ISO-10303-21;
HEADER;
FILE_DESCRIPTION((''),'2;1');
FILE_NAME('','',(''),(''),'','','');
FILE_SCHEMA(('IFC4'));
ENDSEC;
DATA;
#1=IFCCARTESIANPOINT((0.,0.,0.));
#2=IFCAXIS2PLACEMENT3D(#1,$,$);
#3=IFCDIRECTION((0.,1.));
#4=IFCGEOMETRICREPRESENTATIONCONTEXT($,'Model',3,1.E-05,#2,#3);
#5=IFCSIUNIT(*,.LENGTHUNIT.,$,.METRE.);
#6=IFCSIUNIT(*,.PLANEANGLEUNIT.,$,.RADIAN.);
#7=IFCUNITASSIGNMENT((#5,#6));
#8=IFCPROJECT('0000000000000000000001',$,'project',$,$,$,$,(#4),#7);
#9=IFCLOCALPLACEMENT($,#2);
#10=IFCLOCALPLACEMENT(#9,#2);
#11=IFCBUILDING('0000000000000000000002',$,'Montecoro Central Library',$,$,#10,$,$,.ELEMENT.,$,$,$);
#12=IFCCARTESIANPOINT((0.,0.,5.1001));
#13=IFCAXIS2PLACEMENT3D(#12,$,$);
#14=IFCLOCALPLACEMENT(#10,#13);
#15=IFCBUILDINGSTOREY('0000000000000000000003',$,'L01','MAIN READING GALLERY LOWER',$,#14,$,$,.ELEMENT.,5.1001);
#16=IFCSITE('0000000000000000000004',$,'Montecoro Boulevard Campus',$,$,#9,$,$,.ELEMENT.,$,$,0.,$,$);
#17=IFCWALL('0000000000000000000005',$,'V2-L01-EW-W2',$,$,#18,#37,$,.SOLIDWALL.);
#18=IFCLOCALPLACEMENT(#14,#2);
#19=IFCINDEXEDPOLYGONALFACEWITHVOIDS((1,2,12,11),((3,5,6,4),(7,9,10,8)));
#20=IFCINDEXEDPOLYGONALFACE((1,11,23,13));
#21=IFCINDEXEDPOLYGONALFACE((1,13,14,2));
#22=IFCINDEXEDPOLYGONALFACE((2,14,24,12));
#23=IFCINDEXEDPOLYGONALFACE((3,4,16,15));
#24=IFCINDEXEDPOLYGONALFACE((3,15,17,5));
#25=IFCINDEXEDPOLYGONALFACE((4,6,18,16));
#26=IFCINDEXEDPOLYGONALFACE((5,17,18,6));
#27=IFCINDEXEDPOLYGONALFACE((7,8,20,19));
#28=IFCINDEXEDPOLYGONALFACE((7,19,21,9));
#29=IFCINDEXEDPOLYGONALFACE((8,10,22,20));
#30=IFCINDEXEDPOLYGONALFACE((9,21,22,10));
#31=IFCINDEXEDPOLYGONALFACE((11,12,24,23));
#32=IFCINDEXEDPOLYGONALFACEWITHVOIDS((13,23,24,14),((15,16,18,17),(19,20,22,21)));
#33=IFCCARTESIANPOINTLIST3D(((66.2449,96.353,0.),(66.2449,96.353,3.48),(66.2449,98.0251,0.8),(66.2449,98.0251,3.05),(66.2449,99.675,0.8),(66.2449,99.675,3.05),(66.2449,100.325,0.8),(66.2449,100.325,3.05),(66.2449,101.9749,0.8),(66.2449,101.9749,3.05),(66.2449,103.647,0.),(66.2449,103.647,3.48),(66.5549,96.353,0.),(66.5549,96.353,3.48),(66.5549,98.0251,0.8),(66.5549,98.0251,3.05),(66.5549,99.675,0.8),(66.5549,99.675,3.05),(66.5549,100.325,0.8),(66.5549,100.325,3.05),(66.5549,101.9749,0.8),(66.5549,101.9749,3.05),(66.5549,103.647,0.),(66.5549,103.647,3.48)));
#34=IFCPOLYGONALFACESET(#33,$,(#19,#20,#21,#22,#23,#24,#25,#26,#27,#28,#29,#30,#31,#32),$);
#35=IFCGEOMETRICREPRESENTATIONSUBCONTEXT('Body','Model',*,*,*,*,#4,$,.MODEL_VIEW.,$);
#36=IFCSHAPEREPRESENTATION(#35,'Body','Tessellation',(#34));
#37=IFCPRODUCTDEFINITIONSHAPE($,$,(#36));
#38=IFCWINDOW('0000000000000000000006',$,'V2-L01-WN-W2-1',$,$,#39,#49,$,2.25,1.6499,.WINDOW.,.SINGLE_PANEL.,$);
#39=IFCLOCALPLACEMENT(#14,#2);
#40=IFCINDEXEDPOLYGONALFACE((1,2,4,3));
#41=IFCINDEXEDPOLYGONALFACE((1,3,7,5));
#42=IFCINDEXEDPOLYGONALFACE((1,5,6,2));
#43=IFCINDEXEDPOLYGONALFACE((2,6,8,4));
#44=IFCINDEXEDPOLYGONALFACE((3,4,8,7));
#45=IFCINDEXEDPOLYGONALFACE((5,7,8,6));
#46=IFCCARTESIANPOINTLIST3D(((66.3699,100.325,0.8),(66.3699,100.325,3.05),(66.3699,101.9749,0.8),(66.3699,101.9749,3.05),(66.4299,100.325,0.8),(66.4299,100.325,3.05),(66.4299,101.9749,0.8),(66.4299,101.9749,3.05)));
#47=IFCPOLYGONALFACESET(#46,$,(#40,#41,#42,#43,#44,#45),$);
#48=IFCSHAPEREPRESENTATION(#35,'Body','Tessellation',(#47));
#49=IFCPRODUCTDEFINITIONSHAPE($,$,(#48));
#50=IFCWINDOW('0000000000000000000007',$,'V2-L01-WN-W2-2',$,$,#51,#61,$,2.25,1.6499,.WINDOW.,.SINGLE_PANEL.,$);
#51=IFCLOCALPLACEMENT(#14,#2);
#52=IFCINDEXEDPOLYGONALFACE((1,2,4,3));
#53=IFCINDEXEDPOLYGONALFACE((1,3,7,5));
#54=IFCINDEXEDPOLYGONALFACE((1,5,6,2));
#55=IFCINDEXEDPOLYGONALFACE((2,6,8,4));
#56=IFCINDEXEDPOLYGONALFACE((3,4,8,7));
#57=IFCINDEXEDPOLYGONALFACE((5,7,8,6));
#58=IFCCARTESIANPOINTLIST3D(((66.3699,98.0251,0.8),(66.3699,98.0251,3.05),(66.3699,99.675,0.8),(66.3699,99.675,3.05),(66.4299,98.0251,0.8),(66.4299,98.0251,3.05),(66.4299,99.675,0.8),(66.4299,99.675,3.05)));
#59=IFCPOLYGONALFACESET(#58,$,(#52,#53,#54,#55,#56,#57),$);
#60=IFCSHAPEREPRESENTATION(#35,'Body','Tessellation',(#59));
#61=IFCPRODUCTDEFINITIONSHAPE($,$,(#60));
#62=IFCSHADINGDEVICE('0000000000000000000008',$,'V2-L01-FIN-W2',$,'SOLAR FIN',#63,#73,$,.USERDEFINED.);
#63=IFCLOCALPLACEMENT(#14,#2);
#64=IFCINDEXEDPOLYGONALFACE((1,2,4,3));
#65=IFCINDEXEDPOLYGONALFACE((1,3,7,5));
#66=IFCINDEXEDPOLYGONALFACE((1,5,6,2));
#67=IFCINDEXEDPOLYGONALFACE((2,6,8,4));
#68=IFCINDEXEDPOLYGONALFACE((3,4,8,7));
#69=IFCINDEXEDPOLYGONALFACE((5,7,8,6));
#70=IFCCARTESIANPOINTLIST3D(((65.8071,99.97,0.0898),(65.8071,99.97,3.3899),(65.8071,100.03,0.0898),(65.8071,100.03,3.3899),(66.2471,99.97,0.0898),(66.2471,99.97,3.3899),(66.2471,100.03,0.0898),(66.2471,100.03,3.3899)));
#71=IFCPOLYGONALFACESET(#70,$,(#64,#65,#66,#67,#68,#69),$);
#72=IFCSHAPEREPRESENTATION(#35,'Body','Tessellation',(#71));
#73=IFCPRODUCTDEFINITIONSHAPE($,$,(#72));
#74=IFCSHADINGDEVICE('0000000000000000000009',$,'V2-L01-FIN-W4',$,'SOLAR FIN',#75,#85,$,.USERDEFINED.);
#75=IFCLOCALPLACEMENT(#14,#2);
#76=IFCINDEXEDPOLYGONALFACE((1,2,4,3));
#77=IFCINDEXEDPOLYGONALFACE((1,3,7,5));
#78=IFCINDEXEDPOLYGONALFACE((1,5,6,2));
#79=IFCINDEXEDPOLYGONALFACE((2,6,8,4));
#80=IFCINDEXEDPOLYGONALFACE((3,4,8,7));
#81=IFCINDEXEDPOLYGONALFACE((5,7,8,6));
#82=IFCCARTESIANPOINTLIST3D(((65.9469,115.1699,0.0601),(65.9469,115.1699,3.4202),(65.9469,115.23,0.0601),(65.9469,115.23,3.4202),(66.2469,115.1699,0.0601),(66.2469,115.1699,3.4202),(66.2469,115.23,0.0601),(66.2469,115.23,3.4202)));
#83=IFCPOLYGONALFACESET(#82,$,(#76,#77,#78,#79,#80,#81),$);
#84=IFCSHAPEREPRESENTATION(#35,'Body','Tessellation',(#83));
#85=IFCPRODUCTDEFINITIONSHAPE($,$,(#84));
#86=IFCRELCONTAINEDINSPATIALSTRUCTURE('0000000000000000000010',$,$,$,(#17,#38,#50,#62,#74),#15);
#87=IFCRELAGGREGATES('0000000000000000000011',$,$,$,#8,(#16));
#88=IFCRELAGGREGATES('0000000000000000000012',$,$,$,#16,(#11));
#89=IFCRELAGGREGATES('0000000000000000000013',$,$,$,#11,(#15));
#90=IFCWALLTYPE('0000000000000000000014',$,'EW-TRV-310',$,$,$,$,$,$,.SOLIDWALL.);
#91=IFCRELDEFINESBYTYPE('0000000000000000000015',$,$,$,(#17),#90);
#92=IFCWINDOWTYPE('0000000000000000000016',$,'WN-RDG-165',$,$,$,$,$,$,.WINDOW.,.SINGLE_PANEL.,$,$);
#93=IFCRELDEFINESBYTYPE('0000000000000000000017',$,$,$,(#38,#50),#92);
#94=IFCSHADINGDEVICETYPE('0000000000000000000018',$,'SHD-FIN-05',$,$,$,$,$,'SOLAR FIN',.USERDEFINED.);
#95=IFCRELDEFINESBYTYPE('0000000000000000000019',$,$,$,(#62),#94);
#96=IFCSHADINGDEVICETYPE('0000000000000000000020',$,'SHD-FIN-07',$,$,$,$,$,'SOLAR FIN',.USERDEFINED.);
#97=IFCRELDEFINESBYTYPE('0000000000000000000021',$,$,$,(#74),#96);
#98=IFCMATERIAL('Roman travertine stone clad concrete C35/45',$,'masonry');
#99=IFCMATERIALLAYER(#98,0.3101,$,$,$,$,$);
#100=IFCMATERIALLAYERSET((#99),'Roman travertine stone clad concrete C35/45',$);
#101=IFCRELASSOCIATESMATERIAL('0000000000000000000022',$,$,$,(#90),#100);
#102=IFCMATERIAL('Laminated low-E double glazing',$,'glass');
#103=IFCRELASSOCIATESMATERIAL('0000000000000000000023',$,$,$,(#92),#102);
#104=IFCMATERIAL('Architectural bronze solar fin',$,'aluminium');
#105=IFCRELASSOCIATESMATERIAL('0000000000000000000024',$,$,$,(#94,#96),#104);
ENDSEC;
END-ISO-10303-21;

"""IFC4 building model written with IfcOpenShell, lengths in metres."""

from ifc_helpers import new_model, si_unit, direction, frame, frame_2d, origin, origin_2d, place, context, subcontext, project, spatial, rectangle, extrude, material, layer, layer_set, type_object, element, fill, save


model = new_model("IFC4")

# Units and contexts
model_context = context("Model", 3, precision=1e-05, world=origin(), true_north=direction((0.0, 1.0)))
body_context = subcontext(model_context, "Body", "Model", "MODEL_VIEW")
ifc_project = project(units=[si_unit("LENGTHUNIT", "METRE"), si_unit("PLANEANGLEUNIT", "RADIAN")], contexts=[model_context])

# Site, building, storey
site_placement = place(None, origin())
site = spatial("IfcSite", under=ifc_project, at=site_placement, Name="Montecoro Boulevard Campus", CompositionType="ELEMENT", RefElevation=0.0)
building_placement = place(site_placement, origin())
building = spatial("IfcBuilding", under=site, at=building_placement, Name="Montecoro Central Library", CompositionType="ELEMENT")
storey_placement = place(building_placement, frame((0.0, 0.0, 5.1001)))
storey = spatial("IfcBuildingStorey", under=building, at=storey_placement, Name="L01", Description="MAIN READING GALLERY LOWER", CompositionType="ELEMENT", Elevation=5.1001)

# Shared definitions
ifc_material_1 = material(Name="Laminated low-E double glazing", Category="glass")

# Wall, openings, windows
ifc_material_2 = material(Name="Roman travertine stone clad concrete C35/45", Category="masonry")
ifc_layer_1 = layer(ifc_material_2, 0.3101)
ifc_layer_set_1 = layer_set([ifc_layer_1], Name="Roman travertine stone clad concrete C35/45")
wall_type = type_object("IfcWallType", Name="EW-TRV-310", PredefinedType="SOLIDWALL", material=ifc_layer_set_1)
wall_placement = place(storey_placement, frame((66.3999, 103.647, 0.0), z_axis=(0.0, 0.0, 1.0), x_axis=(0.0, -1.0, 0.0)))
wall = element("IfcWall", 1, at=wall_placement, inside=storey, type_object=wall_type, Name="V2-L01-EW-W2", PredefinedType="SOLIDWALL", context=body_context, shape_type="SweptSolid", body=[
    extrude(rectangle(XDim=7.2939, YDim=0.3101, at=frame_2d((3.647, 0.0))), origin(), (0.0, 0.0, 1.0), 3.48),
])
opening_1_placement = place(wall_placement, frame((1.6721, 0.0, 0.8)))
opening_1 = element("IfcOpeningElement", 2, at=opening_1_placement, cuts=wall, PredefinedType="OPENING", context=body_context, shape_type="SweptSolid", body=[
    extrude(rectangle(XDim=1.6499, YDim=2.25, at=frame_2d((0.825, 1.125))), frame((0.0, 0.165, 0.0), z_axis=(0.0, -1.0, 0.0), x_axis=(1.0, 0.0, 0.0)), (0.0, 0.0, 1.0), 0.3301),
])
opening_2_placement = place(wall_placement, frame((3.9719, 0.0, 0.8)))
opening_2 = element("IfcOpeningElement", 3, at=opening_2_placement, cuts=wall, PredefinedType="OPENING", context=body_context, shape_type="SweptSolid", body=[
    extrude(rectangle(XDim=1.6499, YDim=2.25, at=frame_2d((0.825, 1.125))), frame((0.0, 0.165, 0.0), z_axis=(0.0, -1.0, 0.0), x_axis=(1.0, 0.0, 0.0)), (0.0, 0.0, 1.0), 0.3301),
])
window_type = type_object("IfcWindowType", Name="WN-RDG-165", PartitioningType="SINGLE_PANEL", PredefinedType="WINDOW", material=ifc_material_1)
window_1_placement = place(opening_1_placement, origin())
window_1 = element("IfcWindow", 4, at=window_1_placement, inside=storey, type_object=window_type, Name="V2-L01-WN-W2-1", OverallHeight=2.25, OverallWidth=1.6499, PartitioningType="SINGLE_PANEL", PredefinedType="WINDOW", context=body_context, shape_type="SweptSolid", body=[
    extrude(rectangle(XDim=1.6499, YDim=2.25, at=frame_2d((0.825, 1.125))), frame((0.0, 0.03, 0.0), z_axis=(0.0, -1.0, 0.0), x_axis=(1.0, 0.0, 0.0)), (0.0, 0.0, 1.0), 0.0601),
])
fill(opening_1, window_1)
window_2_placement = place(opening_2_placement, origin())
window_2 = element("IfcWindow", 5, at=window_2_placement, inside=storey, type_object=window_type, Name="V2-L01-WN-W2-2", OverallHeight=2.25, OverallWidth=1.6499, PartitioningType="SINGLE_PANEL", PredefinedType="WINDOW", context=body_context, shape_type="SweptSolid", body=[
    extrude(rectangle(XDim=1.6499, YDim=2.25, at=frame_2d((0.825, 1.125))), frame((0.0, 0.03, 0.0), z_axis=(0.0, -1.0, 0.0), x_axis=(1.0, 0.0, 0.0)), (0.0, 0.0, 1.0), 0.0601),
])
fill(opening_2, window_2)

# Shading devices
ifc_material_3 = material(Name="Architectural bronze solar fin", Category="aluminium")
shading_device_type_1 = type_object("IfcShadingDeviceType", Name="SHD-FIN-05", ElementType="SOLAR FIN", PredefinedType="USERDEFINED", material=ifc_material_3)
shading_device_1_placement = place(storey_placement, frame((66.0271, 100.0, 0.0898), z_axis=(0.0, 0.0, 1.0), x_axis=(0.0, -1.0, 0.0)))
element("IfcShadingDevice", 6, at=shading_device_1_placement, inside=storey, type_object=shading_device_type_1, Name="V2-L01-FIN-W2", ObjectType="SOLAR FIN", PredefinedType="USERDEFINED", context=body_context, shape_type="SweptSolid", body=[
    extrude(rectangle(XDim=0.0601, YDim=0.4399, at=origin_2d()), origin(), (0.0, 0.0, 1.0), 3.3),
])
shading_device_type_2 = type_object("IfcShadingDeviceType", Name="SHD-FIN-07", ElementType="SOLAR FIN", PredefinedType="USERDEFINED", material=ifc_material_3)
shading_device_2_placement = place(storey_placement, frame((66.0969, 115.2, 0.0601), z_axis=(0.0, 0.0, 1.0), x_axis=(0.0, -1.0, 0.0)))
element("IfcShadingDevice", 7, at=shading_device_2_placement, inside=storey, type_object=shading_device_type_2, Name="V2-L01-FIN-W4", ObjectType="SOLAR FIN", PredefinedType="USERDEFINED", context=body_context, shape_type="SweptSolid", body=[
    extrude(rectangle(XDim=0.0601, YDim=0.3, at=origin_2d()), origin(), (0.0, 0.0, 1.0), 3.3601),
])

save(model, "model.ifc")
